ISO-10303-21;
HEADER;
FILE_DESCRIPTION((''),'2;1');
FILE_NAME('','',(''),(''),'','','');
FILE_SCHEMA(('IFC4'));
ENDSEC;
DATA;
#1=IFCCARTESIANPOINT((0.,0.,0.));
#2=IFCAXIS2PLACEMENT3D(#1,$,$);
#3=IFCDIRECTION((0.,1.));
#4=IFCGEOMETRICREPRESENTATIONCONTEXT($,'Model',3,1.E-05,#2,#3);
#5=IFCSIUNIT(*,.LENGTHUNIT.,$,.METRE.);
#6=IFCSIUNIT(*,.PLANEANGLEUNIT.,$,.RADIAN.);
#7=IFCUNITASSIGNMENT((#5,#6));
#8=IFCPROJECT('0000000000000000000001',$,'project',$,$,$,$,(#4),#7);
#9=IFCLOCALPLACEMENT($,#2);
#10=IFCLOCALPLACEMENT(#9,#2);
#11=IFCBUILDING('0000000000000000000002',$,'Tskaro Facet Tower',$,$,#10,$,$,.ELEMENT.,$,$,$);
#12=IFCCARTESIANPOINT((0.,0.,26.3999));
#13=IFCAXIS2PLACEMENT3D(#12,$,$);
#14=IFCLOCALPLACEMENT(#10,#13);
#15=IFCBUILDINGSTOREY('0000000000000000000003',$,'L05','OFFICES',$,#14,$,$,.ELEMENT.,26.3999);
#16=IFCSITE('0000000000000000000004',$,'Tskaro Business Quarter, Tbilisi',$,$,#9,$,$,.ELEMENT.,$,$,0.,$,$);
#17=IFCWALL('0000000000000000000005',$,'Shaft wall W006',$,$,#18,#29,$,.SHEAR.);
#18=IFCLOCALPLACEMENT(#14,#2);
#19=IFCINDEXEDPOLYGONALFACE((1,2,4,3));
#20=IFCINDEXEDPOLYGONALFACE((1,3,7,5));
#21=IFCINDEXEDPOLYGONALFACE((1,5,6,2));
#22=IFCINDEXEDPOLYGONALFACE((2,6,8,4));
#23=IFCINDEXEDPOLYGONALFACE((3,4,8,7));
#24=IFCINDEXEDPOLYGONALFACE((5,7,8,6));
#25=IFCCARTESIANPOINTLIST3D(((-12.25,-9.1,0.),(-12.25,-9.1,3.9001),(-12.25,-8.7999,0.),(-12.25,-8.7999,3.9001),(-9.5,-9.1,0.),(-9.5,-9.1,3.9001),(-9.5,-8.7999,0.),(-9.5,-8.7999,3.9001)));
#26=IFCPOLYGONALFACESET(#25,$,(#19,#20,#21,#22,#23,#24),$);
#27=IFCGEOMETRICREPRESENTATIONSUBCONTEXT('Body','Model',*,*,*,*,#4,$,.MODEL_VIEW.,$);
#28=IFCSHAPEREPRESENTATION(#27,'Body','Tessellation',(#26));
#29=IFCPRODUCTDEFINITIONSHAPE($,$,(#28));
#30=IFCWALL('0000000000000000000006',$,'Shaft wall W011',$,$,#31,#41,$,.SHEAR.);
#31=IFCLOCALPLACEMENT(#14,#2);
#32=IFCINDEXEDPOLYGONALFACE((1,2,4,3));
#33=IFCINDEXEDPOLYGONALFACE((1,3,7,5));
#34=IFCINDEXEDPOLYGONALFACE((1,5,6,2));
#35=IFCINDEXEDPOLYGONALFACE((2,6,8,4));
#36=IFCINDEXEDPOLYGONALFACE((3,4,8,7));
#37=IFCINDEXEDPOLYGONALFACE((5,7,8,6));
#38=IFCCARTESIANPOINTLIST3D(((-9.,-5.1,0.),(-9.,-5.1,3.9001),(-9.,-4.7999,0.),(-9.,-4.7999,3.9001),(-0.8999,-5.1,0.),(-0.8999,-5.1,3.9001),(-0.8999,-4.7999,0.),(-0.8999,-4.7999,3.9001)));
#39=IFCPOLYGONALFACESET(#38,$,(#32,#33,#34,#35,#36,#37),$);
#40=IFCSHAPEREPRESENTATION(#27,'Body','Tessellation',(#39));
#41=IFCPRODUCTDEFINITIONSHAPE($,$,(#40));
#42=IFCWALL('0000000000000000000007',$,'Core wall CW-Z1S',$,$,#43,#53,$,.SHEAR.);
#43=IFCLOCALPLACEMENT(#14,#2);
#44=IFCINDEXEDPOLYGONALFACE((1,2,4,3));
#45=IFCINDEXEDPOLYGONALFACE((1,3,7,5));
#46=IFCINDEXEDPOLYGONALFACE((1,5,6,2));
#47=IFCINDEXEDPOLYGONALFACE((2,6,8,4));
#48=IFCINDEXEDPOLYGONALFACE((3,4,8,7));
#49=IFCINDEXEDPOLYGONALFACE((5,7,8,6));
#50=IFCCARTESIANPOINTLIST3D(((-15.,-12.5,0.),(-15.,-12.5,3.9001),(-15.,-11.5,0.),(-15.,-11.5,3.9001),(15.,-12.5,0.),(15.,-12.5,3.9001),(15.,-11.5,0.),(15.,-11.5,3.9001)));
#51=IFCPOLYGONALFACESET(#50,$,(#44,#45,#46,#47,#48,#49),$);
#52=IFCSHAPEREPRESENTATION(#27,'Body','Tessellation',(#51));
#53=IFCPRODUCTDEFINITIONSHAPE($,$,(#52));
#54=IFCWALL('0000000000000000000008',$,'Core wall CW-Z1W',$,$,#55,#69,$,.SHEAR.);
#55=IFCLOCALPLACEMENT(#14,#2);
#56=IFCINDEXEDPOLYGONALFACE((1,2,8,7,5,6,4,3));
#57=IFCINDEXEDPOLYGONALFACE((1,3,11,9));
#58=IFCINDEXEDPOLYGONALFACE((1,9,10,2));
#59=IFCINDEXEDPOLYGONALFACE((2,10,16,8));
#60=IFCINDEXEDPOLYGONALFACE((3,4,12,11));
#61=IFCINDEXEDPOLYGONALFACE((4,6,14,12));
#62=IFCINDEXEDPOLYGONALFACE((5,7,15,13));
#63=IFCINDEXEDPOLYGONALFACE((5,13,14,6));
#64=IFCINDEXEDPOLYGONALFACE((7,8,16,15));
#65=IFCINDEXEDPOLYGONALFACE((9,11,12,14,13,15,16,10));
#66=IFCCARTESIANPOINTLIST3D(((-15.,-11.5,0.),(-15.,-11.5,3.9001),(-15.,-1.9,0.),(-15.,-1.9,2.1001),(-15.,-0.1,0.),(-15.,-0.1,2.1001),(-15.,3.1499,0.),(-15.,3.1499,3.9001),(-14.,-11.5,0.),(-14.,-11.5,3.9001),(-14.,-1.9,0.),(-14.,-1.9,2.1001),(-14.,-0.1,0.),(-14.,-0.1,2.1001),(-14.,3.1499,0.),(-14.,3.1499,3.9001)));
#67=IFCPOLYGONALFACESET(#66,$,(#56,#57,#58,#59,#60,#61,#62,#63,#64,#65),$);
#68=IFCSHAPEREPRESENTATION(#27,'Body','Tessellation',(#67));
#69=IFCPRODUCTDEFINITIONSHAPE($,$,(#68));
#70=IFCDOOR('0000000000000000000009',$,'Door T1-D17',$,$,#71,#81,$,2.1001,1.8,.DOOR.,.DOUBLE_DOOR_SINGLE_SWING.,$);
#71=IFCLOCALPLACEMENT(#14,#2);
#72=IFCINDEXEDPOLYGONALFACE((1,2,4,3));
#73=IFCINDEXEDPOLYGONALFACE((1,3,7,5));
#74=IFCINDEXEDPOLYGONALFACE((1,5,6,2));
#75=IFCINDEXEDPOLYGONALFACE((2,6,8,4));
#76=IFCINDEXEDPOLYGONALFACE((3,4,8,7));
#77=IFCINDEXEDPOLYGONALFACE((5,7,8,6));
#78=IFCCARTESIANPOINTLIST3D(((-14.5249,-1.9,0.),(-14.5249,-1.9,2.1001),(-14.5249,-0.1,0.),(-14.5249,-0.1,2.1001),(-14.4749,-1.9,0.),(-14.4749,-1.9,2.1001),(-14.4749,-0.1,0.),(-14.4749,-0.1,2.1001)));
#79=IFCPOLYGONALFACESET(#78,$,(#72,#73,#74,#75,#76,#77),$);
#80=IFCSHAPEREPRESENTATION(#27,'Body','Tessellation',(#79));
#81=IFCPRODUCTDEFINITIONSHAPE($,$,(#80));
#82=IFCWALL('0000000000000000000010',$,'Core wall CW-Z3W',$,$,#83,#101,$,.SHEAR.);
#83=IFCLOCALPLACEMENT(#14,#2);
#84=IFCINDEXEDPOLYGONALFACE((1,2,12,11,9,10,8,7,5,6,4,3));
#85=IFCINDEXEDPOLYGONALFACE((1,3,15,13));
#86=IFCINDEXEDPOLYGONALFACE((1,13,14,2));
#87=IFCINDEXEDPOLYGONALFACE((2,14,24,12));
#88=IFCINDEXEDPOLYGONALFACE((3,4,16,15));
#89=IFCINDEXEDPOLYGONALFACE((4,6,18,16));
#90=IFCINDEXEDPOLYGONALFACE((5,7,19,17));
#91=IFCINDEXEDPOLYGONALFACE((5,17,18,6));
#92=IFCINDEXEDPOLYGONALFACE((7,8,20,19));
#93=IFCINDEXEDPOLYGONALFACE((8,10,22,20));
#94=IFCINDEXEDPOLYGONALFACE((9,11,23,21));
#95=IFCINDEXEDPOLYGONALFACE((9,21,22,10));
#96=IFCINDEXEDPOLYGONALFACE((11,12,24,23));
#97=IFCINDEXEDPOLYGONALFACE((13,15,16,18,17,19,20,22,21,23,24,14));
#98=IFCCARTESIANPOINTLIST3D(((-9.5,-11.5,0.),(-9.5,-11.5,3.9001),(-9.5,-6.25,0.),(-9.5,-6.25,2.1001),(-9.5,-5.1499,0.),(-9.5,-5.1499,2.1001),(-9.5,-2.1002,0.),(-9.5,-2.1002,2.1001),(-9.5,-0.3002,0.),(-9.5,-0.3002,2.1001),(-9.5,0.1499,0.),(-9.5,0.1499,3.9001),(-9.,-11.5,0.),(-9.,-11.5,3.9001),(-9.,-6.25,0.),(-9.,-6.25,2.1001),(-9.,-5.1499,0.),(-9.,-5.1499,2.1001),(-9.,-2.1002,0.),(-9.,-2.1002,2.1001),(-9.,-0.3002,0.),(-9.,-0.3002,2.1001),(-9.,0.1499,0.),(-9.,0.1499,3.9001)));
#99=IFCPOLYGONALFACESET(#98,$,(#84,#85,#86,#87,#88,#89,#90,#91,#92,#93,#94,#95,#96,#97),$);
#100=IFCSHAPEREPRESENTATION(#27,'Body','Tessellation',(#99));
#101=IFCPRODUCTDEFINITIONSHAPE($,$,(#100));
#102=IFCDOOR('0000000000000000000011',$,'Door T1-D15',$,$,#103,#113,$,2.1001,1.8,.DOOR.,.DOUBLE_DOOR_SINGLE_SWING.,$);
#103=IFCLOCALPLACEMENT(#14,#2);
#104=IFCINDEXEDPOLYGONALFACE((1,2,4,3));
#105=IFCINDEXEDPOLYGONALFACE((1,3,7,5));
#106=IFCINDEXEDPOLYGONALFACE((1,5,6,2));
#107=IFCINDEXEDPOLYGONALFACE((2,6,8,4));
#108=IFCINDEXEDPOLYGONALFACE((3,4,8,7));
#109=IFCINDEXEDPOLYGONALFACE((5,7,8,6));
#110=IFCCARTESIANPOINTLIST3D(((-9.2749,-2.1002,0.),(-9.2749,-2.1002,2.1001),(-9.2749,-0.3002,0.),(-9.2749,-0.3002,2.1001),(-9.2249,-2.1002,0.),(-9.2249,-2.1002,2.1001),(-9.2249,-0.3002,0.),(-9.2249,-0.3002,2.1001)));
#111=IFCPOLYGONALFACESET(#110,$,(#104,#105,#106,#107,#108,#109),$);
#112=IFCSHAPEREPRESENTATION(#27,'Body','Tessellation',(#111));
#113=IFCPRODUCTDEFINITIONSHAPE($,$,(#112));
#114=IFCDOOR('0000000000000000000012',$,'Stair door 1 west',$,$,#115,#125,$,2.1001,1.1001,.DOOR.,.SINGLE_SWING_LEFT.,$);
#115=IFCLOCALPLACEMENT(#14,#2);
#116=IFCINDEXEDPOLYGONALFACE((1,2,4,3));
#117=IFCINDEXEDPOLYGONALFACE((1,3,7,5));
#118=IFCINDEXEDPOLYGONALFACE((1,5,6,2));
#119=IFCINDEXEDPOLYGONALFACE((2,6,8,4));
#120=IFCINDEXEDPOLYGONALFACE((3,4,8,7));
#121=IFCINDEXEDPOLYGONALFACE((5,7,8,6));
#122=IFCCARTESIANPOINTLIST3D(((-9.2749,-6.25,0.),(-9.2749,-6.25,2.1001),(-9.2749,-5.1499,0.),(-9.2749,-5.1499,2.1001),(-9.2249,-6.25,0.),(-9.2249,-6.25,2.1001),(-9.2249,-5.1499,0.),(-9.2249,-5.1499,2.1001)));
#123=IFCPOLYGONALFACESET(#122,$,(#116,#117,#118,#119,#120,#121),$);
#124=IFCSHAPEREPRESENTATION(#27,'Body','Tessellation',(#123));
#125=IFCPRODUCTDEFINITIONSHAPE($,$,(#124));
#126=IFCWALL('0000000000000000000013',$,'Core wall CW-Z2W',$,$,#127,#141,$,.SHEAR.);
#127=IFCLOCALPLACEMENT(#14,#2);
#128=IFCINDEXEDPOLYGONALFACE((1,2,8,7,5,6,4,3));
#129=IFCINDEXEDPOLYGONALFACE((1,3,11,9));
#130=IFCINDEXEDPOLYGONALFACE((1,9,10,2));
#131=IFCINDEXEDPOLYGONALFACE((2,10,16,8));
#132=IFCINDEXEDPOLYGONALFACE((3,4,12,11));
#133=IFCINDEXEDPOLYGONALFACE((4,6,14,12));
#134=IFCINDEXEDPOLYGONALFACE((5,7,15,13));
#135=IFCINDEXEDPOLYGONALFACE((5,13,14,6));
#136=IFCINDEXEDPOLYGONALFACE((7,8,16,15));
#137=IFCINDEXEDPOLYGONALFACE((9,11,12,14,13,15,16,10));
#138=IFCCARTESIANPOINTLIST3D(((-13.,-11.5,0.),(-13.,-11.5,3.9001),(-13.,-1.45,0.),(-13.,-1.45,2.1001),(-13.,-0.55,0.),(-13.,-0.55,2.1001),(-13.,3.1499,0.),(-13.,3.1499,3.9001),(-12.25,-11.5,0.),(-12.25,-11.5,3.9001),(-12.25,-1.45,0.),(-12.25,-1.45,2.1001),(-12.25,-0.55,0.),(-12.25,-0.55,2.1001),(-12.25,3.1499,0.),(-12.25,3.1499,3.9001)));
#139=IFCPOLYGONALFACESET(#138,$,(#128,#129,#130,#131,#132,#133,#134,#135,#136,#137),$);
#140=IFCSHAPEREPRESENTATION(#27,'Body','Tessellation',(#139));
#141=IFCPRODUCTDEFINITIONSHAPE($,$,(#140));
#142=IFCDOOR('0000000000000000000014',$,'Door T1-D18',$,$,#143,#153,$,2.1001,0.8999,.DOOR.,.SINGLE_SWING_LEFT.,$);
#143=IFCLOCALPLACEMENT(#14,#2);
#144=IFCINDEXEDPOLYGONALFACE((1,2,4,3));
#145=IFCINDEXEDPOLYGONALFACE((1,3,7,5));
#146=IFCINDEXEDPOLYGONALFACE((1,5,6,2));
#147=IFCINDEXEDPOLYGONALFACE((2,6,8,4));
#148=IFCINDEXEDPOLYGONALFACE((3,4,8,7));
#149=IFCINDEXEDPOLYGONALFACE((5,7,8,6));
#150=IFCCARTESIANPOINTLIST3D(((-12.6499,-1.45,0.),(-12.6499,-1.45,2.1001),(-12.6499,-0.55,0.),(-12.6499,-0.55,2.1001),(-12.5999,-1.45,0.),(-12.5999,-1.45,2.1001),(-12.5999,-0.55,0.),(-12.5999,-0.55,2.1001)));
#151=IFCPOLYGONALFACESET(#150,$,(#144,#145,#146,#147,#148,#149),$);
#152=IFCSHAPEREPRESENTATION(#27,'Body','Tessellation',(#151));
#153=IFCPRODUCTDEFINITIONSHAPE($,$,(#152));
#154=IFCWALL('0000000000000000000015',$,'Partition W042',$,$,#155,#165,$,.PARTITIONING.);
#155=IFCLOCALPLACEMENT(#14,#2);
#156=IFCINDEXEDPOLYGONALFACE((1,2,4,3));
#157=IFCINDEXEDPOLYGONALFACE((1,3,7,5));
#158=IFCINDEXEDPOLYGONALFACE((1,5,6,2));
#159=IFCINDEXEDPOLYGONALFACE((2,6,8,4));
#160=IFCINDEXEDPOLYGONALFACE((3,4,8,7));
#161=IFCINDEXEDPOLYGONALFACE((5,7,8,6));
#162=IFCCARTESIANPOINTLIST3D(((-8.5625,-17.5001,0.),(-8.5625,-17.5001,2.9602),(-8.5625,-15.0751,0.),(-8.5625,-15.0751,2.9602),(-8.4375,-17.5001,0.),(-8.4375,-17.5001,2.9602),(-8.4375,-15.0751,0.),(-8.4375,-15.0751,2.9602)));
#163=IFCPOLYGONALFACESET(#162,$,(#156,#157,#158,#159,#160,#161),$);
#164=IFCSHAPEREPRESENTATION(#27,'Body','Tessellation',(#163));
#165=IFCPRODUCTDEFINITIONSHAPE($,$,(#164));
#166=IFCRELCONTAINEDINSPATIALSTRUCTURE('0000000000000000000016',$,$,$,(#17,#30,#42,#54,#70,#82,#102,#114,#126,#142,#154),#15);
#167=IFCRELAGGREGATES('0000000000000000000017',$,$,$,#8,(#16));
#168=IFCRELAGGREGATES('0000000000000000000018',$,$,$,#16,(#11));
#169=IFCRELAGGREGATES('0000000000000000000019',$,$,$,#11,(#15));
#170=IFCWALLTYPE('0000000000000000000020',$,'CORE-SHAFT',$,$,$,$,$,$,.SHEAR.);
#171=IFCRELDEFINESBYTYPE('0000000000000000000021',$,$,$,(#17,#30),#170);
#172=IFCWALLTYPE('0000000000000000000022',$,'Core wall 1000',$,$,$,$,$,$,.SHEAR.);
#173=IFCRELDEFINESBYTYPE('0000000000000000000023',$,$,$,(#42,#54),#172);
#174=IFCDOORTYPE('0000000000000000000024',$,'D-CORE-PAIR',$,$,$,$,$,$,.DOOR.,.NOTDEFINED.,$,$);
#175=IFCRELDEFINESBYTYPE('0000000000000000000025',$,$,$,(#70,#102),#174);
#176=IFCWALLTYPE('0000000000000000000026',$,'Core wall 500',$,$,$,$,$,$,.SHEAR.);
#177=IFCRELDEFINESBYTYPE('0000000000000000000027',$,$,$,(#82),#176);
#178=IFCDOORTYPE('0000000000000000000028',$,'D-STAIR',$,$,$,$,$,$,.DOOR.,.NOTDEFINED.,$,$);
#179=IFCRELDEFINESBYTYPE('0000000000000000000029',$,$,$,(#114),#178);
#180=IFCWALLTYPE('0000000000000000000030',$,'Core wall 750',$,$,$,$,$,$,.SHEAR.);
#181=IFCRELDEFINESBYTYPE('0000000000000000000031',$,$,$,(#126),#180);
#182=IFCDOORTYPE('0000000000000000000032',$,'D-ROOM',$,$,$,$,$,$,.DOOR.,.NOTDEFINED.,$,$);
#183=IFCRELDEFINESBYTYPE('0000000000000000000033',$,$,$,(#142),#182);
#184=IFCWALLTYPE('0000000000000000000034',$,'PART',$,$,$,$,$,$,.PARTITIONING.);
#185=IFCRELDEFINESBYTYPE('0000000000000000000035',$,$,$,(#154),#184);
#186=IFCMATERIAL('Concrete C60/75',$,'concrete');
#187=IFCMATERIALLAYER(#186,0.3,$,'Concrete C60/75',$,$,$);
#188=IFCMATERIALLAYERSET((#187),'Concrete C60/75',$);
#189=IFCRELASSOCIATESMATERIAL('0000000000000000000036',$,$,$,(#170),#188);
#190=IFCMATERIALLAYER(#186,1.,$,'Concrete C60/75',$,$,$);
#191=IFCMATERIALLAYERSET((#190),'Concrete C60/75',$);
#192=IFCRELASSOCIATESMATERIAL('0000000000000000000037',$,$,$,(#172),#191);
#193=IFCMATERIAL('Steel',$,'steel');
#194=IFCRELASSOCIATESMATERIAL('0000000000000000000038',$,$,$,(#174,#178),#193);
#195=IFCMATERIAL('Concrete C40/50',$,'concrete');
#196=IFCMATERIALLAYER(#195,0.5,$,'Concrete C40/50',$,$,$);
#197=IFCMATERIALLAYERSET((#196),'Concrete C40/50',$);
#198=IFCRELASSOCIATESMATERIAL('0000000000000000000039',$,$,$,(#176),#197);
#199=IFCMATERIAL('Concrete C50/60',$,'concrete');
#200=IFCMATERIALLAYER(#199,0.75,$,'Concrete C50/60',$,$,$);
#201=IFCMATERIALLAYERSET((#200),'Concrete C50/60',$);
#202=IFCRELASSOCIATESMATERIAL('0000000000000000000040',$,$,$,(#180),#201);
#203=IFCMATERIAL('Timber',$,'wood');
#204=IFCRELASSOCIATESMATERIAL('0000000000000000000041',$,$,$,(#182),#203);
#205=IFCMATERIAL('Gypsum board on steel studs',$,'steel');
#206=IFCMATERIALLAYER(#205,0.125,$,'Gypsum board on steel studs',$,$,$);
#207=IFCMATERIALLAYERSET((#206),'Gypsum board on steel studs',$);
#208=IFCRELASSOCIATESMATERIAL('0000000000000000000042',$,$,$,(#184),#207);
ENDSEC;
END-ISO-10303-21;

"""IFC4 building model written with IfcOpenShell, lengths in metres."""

from ifc_helpers import new_model, si_unit, direction, frame, frame_2d, origin, place, context, subcontext, project, spatial, rectangle, extrude, material, layer, layer_set, type_object, element, fill, save


model = new_model("IFC4")

# Units and contexts
model_context = context("Model", 3, precision=1e-05, world=origin(), true_north=direction((0.0, 1.0)))
body_context = subcontext(model_context, "Body", "Model", "MODEL_VIEW")
ifc_project = project(units=[si_unit("LENGTHUNIT", "METRE"), si_unit("PLANEANGLEUNIT", "RADIAN")], contexts=[model_context])

# Site, building, storey
site_placement = place(None, origin())
site = spatial("IfcSite", under=ifc_project, at=site_placement, Name="Tskaro Business Quarter, Tbilisi", CompositionType="ELEMENT", RefElevation=0.0)
building_placement = place(site_placement, origin())
building = spatial("IfcBuilding", under=site, at=building_placement, Name="Tskaro Facet Tower", CompositionType="ELEMENT")
storey_placement = place(building_placement, frame((0.0, 0.0, 26.3999)))
storey = spatial("IfcBuildingStorey", under=building, at=storey_placement, Name="L05", Description="OFFICES", CompositionType="ELEMENT", Elevation=26.3999)

# Walls
ifc_material_1 = material(Name="Concrete C60/75", Category="concrete")
ifc_layer_1 = layer(ifc_material_1, 0.3, Name="Concrete C60/75")
ifc_layer_set_1 = layer_set([ifc_layer_1], Name="Concrete C60/75")
wall_type_1 = type_object("IfcWallType", Name="CORE-SHAFT", PredefinedType="SHEAR", material=ifc_layer_set_1)
wall_1_placement = place(storey_placement, frame((-12.25, -8.95, 0.0), z_axis=(0.0, 0.0, 1.0), x_axis=(1.0, 0.0, 0.0)))
element("IfcWall", 1, at=wall_1_placement, inside=storey, type_object=wall_type_1, Name="Shaft wall W006", PredefinedType="SHEAR", context=body_context, shape_type="SweptSolid", body=[
    extrude(rectangle(XDim=2.75, YDim=0.3, at=frame_2d((1.375, 0.0))), origin(), (0.0, 0.0, 1.0), 3.9001),
])
wall_2_placement = place(storey_placement, frame((-9.0, -4.95, 0.0), z_axis=(0.0, 0.0, 1.0), x_axis=(1.0, 0.0, 0.0)))
element("IfcWall", 2, at=wall_2_placement, inside=storey, type_object=wall_type_1, Name="Shaft wall W011", PredefinedType="SHEAR", context=body_context, shape_type="SweptSolid", body=[
    extrude(rectangle(XDim=8.1001, YDim=0.3, at=frame_2d((4.05, 0.0))), origin(), (0.0, 0.0, 1.0), 3.9001),
])
ifc_layer_2 = layer(ifc_material_1, 1.0, Name="Concrete C60/75")
ifc_layer_set_2 = layer_set([ifc_layer_2], Name="Concrete C60/75")
wall_type_2 = type_object("IfcWallType", Name="Core wall 1000", PredefinedType="SHEAR", material=ifc_layer_set_2)
wall_3_placement = place(storey_placement, frame((-15.0, -12.0, 0.0), z_axis=(0.0, 0.0, 1.0), x_axis=(1.0, 0.0, 0.0)))
element("IfcWall", 3, at=wall_3_placement, inside=storey, type_object=wall_type_2, Name="Core wall CW-Z1S", PredefinedType="SHEAR", context=body_context, shape_type="SweptSolid", body=[
    extrude(rectangle(XDim=30.0, YDim=1.0, at=frame_2d((15.0, 0.0))), origin(), (0.0, 0.0, 1.0), 3.9001),
])

# Wall, opening, door
wall_4_placement = place(storey_placement, frame((-14.5, -11.5, 0.0), z_axis=(0.0, 0.0, 1.0), x_axis=(0.0, 1.0, 0.0)))
wall_4 = element("IfcWall", 4, at=wall_4_placement, inside=storey, type_object=wall_type_2, Name="Core wall CW-Z1W", PredefinedType="SHEAR", context=body_context, shape_type="SweptSolid", body=[
    extrude(rectangle(XDim=14.6499, YDim=1.0, at=frame_2d((7.325, 0.0))), origin(), (0.0, 0.0, 1.0), 3.9001),
])
opening_1_placement = place(wall_4_placement, frame((9.6001, 0.0, 0.0)))
opening_1 = element("IfcOpeningElement", 5, at=opening_1_placement, cuts=wall_4, PredefinedType="OPENING", context=body_context, shape_type="SweptSolid", body=[
    extrude(rectangle(XDim=1.8, YDim=2.1001, at=frame_2d((0.8999, 1.05))), frame((0.0, 0.51, 0.0), z_axis=(0.0, -1.0, 0.0), x_axis=(1.0, 0.0, 0.0)), (0.0, 0.0, 1.0), 1.02),
])
ifc_material_2 = material(Name="Steel", Category="steel")
door_type_1 = type_object("IfcDoorType", Name="D-CORE-PAIR", OperationType="NOTDEFINED", PredefinedType="DOOR", material=ifc_material_2)
door_1_placement = place(opening_1_placement, origin())
door_1 = element("IfcDoor", 6, at=door_1_placement, inside=storey, type_object=door_type_1, Name="Door T1-D17", OperationType="DOUBLE_DOOR_SINGLE_SWING", OverallHeight=2.1001, OverallWidth=1.8, PredefinedType="DOOR", context=body_context, shape_type="SweptSolid", body=[
    extrude(rectangle(XDim=1.8, YDim=2.1001, at=frame_2d((0.8999, 1.05))), frame((0.0, 0.0249, 0.0), z_axis=(0.0, -1.0, 0.0), x_axis=(1.0, 0.0, 0.0)), (0.0, 0.0, 1.0), 0.05),
])
fill(opening_1, door_1)

# Wall, openings, doors
ifc_material_3 = material(Name="Concrete C40/50", Category="concrete")
ifc_layer_3 = layer(ifc_material_3, 0.5, Name="Concrete C40/50")
ifc_layer_set_3 = layer_set([ifc_layer_3], Name="Concrete C40/50")
wall_type_3 = type_object("IfcWallType", Name="Core wall 500", PredefinedType="SHEAR", material=ifc_layer_set_3)
wall_5_placement = place(storey_placement, frame((-9.25, -11.5, 0.0), z_axis=(0.0, 0.0, 1.0), x_axis=(0.0, 1.0, 0.0)))
wall_5 = element("IfcWall", 7, at=wall_5_placement, inside=storey, type_object=wall_type_3, Name="Core wall CW-Z3W", PredefinedType="SHEAR", context=body_context, shape_type="SweptSolid", body=[
    extrude(rectangle(XDim=11.6499, YDim=0.5, at=frame_2d((5.825, 0.0))), origin(), (0.0, 0.0, 1.0), 3.9001),
])
opening_2_placement = place(wall_5_placement, frame((9.3999, 0.0, 0.0)))
opening_2 = element("IfcOpeningElement", 8, at=opening_2_placement, cuts=wall_5, PredefinedType="OPENING", context=body_context, shape_type="SweptSolid", body=[
    extrude(rectangle(XDim=1.8, YDim=2.1001, at=frame_2d((0.8999, 1.05))), frame((0.0, 0.26, 0.0), z_axis=(0.0, -1.0, 0.0), x_axis=(1.0, 0.0, 0.0)), (0.0, 0.0, 1.0), 0.52),
])
opening_3_placement = place(wall_5_placement, frame((5.25, 0.0, 0.0)))
opening_3 = element("IfcOpeningElement", 9, at=opening_3_placement, cuts=wall_5, PredefinedType="OPENING", context=body_context, shape_type="SweptSolid", body=[
    extrude(rectangle(XDim=1.1001, YDim=2.1001, at=frame_2d((0.55, 1.05))), frame((0.0, 0.26, 0.0), z_axis=(0.0, -1.0, 0.0), x_axis=(1.0, 0.0, 0.0)), (0.0, 0.0, 1.0), 0.52),
])
door_2_placement = place(opening_2_placement, origin())
door_2 = element("IfcDoor", 10, at=door_2_placement, inside=storey, type_object=door_type_1, Name="Door T1-D15", OperationType="DOUBLE_DOOR_SINGLE_SWING", OverallHeight=2.1001, OverallWidth=1.8, PredefinedType="DOOR", context=body_context, shape_type="SweptSolid", body=[
    extrude(rectangle(XDim=1.8, YDim=2.1001, at=frame_2d((0.8999, 1.05))), frame((0.0, 0.0249, 0.0), z_axis=(0.0, -1.0, 0.0), x_axis=(1.0, 0.0, 0.0)), (0.0, 0.0, 1.0), 0.05),
])
fill(opening_2, door_2)
door_type_2 = type_object("IfcDoorType", Name="D-STAIR", OperationType="NOTDEFINED", PredefinedType="DOOR", material=ifc_material_2)
door_3_placement = place(opening_3_placement, origin())
door_3 = element("IfcDoor", 11, at=door_3_placement, inside=storey, type_object=door_type_2, Name="Stair door 1 west", OperationType="SINGLE_SWING_LEFT", OverallHeight=2.1001, OverallWidth=1.1001, PredefinedType="DOOR", context=body_context, shape_type="SweptSolid", body=[
    extrude(rectangle(XDim=1.1001, YDim=2.1001, at=frame_2d((0.55, 1.05))), frame((0.0, 0.0249, 0.0), z_axis=(0.0, -1.0, 0.0), x_axis=(1.0, 0.0, 0.0)), (0.0, 0.0, 1.0), 0.05),
])
fill(opening_3, door_3)

# Wall, opening, door
ifc_material_4 = material(Name="Concrete C50/60", Category="concrete")
ifc_layer_4 = layer(ifc_material_4, 0.75, Name="Concrete C50/60")
ifc_layer_set_4 = layer_set([ifc_layer_4], Name="Concrete C50/60")
wall_type_4 = type_object("IfcWallType", Name="Core wall 750", PredefinedType="SHEAR", material=ifc_layer_set_4)
wall_6_placement = place(storey_placement, frame((-12.625, -11.5, 0.0), z_axis=(0.0, 0.0, 1.0), x_axis=(0.0, 1.0, 0.0)))
wall_6 = element("IfcWall", 12, at=wall_6_placement, inside=storey, type_object=wall_type_4, Name="Core wall CW-Z2W", PredefinedType="SHEAR", context=body_context, shape_type="SweptSolid", body=[
    extrude(rectangle(XDim=14.6499, YDim=0.75, at=frame_2d((7.325, 0.0))), origin(), (0.0, 0.0, 1.0), 3.9001),
])
opening_4_placement = place(wall_6_placement, frame((10.05, 0.0, 0.0)))
opening_4 = element("IfcOpeningElement", 13, at=opening_4_placement, cuts=wall_6, PredefinedType="OPENING", context=body_context, shape_type="SweptSolid", body=[
    extrude(rectangle(XDim=0.8999, YDim=2.1001, at=frame_2d((0.45, 1.05))), frame((0.0, 0.385, 0.0), z_axis=(0.0, -1.0, 0.0), x_axis=(1.0, 0.0, 0.0)), (0.0, 0.0, 1.0), 0.77),
])
ifc_material_5 = material(Name="Timber", Category="wood")
door_type_3 = type_object("IfcDoorType", Name="D-ROOM", OperationType="NOTDEFINED", PredefinedType="DOOR", material=ifc_material_5)
door_4_placement = place(opening_4_placement, origin())
door_4 = element("IfcDoor", 14, at=door_4_placement, inside=storey, type_object=door_type_3, Name="Door T1-D18", OperationType="SINGLE_SWING_LEFT", OverallHeight=2.1001, OverallWidth=0.8999, PredefinedType="DOOR", context=body_context, shape_type="SweptSolid", body=[
    extrude(rectangle(XDim=0.8999, YDim=2.1001, at=frame_2d((0.45, 1.05))), frame((0.0, 0.0249, 0.0), z_axis=(0.0, -1.0, 0.0), x_axis=(1.0, 0.0, 0.0)), (0.0, 0.0, 1.0), 0.05),
])
fill(opening_4, door_4)

# Wall
ifc_material_6 = material(Name="Gypsum board on steel studs", Category="steel")
ifc_layer_5 = layer(ifc_material_6, 0.125, Name="Gypsum board on steel studs")
ifc_layer_set_5 = layer_set([ifc_layer_5], Name="Gypsum board on steel studs")
wall_type_5 = type_object("IfcWallType", Name="PART", PredefinedType="PARTITIONING", material=ifc_layer_set_5)
wall_7_placement = place(storey_placement, frame((-8.5, -17.5, 0.0), z_axis=(0.0, 0.0, 1.0), x_axis=(0.0, 1.0, 0.0)))
element("IfcWall", 15, at=wall_7_placement, inside=storey, type_object=wall_type_5, Name="Partition W042", PredefinedType="PARTITIONING", context=body_context, shape_type="SweptSolid", body=[
    extrude(rectangle(XDim=2.425, YDim=0.125, at=frame_2d((1.2124, 0.0))), origin(), (0.0, 0.0, 1.0), 2.9602),
])

save(model, "model.ifc")
